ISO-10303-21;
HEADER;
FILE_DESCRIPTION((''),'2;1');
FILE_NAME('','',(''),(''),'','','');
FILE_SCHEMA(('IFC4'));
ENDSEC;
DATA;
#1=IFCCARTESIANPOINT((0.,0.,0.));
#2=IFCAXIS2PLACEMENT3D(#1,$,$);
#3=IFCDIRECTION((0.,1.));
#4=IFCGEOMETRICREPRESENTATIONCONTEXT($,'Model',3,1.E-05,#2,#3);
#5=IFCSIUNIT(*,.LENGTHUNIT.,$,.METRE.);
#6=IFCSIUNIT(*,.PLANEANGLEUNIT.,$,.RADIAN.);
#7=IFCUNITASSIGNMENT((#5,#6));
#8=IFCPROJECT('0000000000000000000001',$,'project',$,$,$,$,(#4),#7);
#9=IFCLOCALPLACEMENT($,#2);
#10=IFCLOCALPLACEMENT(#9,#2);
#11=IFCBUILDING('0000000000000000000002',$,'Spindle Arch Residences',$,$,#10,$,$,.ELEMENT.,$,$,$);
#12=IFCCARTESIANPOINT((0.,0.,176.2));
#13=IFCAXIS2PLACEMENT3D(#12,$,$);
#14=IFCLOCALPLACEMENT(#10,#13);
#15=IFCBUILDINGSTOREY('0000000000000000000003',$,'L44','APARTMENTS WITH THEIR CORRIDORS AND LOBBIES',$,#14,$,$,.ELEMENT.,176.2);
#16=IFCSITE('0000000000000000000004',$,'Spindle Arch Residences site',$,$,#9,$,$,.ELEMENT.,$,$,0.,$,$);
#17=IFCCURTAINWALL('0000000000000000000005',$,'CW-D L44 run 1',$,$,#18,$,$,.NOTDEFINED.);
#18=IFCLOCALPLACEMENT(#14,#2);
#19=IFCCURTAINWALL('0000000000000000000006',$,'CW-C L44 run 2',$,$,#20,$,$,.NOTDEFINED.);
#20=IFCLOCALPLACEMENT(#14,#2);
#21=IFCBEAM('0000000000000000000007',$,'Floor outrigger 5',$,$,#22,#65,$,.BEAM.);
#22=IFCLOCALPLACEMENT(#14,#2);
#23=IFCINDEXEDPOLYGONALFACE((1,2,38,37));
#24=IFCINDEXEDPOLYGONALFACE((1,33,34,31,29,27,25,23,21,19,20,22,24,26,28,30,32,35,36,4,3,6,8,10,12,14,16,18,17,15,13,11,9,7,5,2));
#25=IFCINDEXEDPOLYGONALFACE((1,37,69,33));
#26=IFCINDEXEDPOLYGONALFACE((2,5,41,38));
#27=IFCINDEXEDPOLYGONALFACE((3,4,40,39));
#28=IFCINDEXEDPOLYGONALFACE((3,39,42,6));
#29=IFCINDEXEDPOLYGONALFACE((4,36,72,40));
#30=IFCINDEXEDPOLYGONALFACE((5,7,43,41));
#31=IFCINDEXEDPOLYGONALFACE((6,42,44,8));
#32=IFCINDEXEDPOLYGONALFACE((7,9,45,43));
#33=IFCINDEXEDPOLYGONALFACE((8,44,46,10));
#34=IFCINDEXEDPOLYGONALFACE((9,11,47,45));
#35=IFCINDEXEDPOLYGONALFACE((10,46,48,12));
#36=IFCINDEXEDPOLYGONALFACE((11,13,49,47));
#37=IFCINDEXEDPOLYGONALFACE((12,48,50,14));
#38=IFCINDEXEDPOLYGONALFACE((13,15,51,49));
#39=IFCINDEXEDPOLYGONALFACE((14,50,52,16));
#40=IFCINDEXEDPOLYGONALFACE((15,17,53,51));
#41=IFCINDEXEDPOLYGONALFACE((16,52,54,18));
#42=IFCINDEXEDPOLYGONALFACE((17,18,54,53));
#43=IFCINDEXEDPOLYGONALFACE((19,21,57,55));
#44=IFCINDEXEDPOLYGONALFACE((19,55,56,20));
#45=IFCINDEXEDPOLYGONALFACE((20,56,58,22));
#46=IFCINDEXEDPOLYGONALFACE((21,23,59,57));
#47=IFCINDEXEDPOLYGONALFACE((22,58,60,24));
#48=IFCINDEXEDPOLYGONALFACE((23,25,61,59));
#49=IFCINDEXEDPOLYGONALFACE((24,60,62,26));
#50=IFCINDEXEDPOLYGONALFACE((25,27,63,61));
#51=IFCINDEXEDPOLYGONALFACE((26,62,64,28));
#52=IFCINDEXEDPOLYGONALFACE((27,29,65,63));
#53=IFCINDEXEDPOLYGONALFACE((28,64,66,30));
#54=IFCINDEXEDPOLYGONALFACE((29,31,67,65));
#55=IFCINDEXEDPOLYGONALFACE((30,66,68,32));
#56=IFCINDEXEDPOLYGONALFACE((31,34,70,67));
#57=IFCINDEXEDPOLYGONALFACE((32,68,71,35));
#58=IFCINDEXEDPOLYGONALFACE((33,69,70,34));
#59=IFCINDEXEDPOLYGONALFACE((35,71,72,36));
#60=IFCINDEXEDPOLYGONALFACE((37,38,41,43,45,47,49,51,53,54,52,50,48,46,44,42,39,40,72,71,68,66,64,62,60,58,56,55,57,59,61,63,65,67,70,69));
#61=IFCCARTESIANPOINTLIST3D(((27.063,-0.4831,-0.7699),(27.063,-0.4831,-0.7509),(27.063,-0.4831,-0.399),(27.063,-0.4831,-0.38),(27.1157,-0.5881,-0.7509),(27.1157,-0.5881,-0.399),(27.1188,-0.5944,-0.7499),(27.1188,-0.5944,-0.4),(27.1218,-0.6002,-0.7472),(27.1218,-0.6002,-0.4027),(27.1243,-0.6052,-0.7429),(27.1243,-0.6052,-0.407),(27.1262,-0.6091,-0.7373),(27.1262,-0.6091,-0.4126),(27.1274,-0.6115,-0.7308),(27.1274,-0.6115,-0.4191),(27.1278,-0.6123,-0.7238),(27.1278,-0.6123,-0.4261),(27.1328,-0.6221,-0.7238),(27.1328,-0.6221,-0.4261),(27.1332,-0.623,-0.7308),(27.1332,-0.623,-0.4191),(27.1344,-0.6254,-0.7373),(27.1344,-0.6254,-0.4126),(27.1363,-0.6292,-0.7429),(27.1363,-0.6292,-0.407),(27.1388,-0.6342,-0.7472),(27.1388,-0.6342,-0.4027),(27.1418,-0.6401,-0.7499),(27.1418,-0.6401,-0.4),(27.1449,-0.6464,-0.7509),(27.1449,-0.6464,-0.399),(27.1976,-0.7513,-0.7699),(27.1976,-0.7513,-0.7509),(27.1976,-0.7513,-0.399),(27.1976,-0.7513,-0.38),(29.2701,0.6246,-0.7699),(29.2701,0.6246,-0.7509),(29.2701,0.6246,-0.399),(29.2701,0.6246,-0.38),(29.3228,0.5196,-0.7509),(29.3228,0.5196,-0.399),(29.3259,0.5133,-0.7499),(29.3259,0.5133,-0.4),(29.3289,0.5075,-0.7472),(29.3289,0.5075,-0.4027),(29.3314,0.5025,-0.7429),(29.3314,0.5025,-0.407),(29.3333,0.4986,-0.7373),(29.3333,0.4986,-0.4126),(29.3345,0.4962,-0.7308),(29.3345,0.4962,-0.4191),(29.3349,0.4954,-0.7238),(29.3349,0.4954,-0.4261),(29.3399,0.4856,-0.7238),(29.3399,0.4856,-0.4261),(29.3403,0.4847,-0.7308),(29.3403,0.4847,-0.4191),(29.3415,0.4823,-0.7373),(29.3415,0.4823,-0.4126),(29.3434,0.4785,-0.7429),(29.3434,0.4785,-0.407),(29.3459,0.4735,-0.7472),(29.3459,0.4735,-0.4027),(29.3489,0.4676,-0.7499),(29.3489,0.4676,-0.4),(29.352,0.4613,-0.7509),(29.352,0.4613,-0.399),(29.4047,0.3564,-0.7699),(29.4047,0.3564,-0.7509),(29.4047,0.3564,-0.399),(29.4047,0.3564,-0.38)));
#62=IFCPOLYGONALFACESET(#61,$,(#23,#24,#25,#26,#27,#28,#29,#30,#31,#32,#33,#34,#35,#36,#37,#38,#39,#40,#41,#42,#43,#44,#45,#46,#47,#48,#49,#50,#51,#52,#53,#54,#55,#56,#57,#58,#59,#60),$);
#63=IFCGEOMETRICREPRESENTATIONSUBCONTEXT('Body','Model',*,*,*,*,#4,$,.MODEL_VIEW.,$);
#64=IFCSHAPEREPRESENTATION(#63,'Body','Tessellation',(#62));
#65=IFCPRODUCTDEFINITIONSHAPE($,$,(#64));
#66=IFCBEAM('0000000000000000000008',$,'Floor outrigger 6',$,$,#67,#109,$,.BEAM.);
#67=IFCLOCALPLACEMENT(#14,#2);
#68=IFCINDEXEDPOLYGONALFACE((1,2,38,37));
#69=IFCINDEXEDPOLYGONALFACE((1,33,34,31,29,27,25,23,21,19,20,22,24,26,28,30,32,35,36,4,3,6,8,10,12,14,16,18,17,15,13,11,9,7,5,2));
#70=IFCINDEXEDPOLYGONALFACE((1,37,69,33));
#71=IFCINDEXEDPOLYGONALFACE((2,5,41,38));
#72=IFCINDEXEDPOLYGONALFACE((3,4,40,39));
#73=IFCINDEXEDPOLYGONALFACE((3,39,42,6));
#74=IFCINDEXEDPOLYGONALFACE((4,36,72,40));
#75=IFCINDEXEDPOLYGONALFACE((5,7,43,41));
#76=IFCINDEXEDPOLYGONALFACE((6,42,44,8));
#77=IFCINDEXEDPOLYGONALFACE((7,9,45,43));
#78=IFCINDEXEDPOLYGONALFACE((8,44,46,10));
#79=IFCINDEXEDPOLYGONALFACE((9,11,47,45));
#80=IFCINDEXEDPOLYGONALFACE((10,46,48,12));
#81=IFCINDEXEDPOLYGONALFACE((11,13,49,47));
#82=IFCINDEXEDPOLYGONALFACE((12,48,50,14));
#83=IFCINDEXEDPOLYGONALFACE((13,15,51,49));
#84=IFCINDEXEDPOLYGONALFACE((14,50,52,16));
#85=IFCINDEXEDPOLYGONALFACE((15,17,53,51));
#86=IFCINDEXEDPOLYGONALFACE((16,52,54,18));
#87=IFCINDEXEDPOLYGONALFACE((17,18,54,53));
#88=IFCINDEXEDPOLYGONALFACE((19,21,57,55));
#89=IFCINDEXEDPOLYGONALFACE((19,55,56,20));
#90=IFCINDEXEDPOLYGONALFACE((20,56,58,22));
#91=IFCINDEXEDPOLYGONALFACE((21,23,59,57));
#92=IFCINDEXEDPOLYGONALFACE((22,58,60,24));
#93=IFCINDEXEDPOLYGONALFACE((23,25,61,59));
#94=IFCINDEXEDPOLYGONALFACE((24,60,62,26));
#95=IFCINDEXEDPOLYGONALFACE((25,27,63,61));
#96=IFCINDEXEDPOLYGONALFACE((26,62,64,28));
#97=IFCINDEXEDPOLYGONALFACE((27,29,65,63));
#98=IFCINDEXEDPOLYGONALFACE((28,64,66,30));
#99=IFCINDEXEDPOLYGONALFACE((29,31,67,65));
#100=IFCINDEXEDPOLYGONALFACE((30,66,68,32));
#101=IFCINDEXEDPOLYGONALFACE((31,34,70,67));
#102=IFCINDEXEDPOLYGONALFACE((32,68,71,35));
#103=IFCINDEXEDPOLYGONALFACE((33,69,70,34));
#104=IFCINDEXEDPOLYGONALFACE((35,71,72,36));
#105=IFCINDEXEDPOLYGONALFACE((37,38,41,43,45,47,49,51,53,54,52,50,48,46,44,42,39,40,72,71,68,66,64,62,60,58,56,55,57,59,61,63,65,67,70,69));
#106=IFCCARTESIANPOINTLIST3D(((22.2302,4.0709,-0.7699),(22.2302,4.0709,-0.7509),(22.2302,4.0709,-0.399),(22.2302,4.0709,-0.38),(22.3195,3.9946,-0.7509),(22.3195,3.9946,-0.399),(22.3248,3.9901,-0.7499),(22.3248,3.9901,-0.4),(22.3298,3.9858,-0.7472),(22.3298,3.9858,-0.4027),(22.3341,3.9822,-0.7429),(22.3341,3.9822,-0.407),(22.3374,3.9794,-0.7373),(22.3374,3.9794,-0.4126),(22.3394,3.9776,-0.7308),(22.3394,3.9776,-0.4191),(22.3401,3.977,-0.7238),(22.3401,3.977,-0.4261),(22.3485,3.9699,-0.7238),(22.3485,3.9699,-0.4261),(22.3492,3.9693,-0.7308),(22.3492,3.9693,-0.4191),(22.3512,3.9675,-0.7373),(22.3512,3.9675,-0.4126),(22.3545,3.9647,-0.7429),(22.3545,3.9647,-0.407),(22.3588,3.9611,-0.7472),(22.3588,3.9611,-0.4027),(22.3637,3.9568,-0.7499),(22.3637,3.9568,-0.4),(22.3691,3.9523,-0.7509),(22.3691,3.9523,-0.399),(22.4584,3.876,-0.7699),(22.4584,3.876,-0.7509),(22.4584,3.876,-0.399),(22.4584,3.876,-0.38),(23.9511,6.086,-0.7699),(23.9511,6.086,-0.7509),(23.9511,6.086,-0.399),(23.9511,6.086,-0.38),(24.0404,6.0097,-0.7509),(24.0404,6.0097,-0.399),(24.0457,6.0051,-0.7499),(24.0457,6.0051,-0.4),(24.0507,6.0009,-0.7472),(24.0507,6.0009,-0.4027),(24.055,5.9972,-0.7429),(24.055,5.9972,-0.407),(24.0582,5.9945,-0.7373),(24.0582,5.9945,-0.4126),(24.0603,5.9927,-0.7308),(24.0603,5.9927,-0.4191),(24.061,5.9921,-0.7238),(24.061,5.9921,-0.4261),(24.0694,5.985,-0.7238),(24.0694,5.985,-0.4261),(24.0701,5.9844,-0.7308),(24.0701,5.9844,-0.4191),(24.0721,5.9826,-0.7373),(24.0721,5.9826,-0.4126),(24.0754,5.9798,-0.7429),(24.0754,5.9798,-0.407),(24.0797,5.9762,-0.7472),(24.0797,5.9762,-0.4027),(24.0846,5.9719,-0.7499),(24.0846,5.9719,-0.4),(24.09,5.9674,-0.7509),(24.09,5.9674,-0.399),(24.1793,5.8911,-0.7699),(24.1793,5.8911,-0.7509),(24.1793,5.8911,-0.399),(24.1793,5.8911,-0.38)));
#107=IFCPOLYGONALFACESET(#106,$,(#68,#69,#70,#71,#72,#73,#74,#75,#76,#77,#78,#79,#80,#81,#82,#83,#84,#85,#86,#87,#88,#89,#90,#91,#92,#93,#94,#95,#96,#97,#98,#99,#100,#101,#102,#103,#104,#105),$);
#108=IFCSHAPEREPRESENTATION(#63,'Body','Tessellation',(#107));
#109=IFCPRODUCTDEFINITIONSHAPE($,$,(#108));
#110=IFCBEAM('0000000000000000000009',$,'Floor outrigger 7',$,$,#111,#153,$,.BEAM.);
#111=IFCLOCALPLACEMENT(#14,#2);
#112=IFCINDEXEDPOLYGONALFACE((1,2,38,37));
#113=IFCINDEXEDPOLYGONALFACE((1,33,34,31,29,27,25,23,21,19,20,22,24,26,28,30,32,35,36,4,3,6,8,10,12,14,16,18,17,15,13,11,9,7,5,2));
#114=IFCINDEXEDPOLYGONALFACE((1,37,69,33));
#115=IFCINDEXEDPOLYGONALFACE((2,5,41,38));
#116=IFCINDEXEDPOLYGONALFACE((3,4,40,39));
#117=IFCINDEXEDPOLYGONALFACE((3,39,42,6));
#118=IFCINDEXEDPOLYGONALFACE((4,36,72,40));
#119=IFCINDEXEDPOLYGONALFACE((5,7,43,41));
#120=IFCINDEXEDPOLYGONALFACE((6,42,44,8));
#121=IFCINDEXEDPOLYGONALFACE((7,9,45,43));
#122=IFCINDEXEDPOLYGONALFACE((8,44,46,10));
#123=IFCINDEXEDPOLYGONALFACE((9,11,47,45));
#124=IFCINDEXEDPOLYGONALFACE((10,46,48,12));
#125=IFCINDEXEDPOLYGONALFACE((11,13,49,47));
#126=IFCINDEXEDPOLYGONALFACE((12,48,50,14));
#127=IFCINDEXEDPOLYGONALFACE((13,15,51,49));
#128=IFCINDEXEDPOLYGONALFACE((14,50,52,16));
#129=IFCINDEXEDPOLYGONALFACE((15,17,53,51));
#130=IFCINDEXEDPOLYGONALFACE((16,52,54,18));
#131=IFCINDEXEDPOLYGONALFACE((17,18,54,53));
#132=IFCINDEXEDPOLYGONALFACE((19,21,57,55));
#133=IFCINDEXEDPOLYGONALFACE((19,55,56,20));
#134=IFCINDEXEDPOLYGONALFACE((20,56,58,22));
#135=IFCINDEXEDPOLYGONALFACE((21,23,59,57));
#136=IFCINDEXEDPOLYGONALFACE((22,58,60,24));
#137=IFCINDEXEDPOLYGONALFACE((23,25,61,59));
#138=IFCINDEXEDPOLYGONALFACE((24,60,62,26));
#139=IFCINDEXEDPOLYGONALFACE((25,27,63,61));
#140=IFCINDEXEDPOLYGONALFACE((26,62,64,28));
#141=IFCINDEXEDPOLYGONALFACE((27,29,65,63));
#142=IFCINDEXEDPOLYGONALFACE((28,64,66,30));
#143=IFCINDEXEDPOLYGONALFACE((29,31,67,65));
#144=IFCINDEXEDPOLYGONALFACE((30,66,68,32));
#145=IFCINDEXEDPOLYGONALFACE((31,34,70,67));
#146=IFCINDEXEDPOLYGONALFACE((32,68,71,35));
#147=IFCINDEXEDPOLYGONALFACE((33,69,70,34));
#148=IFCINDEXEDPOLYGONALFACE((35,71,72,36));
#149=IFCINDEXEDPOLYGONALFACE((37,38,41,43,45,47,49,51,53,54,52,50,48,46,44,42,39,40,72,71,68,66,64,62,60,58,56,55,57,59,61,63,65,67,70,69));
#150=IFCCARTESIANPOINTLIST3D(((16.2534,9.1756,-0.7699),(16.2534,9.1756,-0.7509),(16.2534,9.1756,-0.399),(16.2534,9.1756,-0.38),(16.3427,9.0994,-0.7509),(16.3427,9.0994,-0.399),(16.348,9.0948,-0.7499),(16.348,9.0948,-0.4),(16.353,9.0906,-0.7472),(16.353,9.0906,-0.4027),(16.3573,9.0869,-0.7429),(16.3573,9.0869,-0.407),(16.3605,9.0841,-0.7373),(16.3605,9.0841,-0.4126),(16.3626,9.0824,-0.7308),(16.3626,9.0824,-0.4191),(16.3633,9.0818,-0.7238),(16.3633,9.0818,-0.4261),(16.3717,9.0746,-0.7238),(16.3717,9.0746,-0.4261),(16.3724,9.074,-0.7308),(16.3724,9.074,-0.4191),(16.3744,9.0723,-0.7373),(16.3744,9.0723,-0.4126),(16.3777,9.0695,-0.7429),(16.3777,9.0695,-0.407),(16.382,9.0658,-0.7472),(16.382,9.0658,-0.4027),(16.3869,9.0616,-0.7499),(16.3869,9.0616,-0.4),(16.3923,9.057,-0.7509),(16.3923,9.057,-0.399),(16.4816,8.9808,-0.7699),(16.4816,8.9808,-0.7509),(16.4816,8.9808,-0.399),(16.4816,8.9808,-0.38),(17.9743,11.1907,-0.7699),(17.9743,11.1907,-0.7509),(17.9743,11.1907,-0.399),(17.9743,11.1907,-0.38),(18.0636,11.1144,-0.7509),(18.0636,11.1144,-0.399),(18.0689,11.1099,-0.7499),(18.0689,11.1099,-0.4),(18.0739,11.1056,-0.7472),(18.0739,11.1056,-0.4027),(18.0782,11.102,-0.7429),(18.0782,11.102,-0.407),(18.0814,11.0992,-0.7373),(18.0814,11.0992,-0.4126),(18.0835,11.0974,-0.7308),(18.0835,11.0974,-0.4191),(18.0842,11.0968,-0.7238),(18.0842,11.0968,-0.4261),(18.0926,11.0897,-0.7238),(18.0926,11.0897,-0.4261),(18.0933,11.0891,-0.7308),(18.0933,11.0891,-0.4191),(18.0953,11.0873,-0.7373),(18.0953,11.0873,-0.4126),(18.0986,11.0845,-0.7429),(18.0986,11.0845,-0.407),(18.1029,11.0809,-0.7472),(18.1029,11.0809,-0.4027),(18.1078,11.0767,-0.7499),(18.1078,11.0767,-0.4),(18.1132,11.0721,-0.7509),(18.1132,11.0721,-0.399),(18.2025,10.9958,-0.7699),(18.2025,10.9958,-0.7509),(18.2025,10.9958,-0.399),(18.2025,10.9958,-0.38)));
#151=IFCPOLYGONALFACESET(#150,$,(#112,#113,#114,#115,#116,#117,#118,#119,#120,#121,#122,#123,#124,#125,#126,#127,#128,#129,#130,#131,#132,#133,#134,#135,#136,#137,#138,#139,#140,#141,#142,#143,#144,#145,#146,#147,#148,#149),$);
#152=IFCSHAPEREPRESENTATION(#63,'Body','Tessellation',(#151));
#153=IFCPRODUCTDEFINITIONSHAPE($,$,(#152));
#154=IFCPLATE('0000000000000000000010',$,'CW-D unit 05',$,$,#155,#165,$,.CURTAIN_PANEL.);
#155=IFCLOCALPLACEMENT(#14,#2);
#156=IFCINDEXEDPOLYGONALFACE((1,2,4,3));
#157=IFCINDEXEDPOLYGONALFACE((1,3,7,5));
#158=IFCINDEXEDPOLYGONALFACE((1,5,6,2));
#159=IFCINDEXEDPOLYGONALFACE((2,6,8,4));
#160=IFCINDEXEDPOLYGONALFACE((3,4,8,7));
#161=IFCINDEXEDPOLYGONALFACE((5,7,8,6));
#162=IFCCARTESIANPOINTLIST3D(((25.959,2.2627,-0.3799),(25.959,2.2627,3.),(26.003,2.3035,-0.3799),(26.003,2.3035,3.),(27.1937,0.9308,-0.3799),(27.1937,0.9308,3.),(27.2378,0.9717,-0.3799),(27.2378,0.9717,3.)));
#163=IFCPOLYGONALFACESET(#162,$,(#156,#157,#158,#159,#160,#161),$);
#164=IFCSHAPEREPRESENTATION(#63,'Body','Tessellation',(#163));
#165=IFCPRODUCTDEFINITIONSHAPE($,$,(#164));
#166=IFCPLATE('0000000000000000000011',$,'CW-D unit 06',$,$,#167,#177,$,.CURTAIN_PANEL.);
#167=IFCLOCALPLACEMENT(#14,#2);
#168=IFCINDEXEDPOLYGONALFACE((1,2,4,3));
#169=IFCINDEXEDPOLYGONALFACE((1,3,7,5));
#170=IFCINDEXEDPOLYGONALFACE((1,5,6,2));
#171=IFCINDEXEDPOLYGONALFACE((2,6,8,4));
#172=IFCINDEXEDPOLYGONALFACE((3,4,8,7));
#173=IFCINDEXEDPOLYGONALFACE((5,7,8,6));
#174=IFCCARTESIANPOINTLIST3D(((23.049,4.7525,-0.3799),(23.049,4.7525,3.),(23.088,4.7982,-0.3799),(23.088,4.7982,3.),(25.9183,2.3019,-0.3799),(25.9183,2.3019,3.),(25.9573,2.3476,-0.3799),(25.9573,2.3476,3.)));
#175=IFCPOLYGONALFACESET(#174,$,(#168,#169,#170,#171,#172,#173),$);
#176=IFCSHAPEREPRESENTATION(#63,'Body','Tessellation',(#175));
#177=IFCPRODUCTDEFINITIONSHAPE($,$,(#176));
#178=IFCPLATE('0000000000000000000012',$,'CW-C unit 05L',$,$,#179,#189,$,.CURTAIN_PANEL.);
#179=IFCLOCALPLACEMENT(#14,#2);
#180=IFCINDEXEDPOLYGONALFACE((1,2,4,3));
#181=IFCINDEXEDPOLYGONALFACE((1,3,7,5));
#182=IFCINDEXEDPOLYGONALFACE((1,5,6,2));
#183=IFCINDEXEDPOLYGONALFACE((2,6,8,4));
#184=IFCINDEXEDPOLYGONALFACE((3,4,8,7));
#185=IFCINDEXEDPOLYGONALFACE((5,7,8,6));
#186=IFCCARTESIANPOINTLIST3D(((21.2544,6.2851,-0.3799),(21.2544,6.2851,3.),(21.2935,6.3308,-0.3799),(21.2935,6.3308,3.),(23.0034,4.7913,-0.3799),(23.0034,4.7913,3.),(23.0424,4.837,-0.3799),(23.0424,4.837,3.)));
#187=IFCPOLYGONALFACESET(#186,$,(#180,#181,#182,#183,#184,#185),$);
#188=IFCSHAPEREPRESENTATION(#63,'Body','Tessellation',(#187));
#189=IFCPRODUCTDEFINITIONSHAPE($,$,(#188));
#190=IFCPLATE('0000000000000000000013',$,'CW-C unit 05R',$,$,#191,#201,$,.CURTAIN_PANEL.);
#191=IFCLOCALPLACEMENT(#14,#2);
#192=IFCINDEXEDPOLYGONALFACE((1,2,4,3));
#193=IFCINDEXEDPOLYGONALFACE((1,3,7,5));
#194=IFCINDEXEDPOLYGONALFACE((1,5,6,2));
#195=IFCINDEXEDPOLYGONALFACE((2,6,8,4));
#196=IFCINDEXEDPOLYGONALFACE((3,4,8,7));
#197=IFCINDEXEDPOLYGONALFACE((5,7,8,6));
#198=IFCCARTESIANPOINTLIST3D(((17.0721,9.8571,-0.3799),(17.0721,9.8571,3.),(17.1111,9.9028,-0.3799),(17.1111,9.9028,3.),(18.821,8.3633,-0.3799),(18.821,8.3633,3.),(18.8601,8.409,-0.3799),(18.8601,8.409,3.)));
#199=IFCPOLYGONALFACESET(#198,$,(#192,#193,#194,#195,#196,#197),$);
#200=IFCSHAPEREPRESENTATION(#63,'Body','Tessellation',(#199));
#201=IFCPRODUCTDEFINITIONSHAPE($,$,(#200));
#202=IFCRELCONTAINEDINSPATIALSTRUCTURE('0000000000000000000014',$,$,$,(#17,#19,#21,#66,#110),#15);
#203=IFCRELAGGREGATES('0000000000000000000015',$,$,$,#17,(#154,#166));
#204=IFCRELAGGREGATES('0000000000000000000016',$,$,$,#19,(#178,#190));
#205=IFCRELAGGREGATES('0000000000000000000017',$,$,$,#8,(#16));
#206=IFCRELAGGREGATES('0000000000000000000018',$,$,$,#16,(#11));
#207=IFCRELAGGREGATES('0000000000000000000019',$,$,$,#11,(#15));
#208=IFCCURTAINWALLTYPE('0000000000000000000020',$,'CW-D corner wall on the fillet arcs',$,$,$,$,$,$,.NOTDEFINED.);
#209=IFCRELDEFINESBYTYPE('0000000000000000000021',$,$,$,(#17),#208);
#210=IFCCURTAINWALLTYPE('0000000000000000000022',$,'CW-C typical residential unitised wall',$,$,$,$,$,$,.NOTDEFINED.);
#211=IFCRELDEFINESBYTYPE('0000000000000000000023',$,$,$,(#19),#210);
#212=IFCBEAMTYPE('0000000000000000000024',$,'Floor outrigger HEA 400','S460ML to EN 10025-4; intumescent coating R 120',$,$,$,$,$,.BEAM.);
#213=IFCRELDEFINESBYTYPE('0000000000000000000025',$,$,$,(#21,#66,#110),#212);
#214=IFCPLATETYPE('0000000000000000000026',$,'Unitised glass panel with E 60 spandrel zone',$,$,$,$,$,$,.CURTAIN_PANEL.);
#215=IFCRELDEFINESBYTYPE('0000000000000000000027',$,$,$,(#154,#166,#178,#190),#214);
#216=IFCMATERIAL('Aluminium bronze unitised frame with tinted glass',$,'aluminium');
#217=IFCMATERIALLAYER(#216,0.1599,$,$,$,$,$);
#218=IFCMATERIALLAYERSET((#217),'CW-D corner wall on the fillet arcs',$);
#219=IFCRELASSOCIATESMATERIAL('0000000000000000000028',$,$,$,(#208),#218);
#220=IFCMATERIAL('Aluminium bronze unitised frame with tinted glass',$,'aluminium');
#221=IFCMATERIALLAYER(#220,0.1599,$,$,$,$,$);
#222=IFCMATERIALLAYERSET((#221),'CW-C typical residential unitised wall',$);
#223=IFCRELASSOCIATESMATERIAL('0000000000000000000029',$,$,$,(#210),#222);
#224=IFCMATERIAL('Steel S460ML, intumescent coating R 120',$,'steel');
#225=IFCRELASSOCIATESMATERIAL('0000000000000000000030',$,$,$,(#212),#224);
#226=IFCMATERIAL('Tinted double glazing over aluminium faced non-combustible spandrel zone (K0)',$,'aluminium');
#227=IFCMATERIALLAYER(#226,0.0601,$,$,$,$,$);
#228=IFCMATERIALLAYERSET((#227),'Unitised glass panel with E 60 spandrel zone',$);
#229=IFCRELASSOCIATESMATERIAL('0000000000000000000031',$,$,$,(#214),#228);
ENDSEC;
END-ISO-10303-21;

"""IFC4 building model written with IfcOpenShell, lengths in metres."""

from ifc_helpers import new_model, si_unit, direction, frame, origin, origin_2d, place, context, subcontext, project, spatial, rectangle, i_section, extrude, material, layer, layer_set, material_profile, profile_set, type_object, element, aggregate, save


model = new_model("IFC4")

# Units and contexts
model_context = context("Model", 3, precision=1e-05, world=origin(), true_north=direction((0.0, 1.0)))
body_context = subcontext(model_context, "Body", "Model", "MODEL_VIEW")
ifc_project = project(units=[si_unit("LENGTHUNIT", "METRE"), si_unit("PLANEANGLEUNIT", "RADIAN")], contexts=[model_context])

# Site, building, storey
site_placement = place(None, origin())
site = spatial("IfcSite", under=ifc_project, at=site_placement, Name="Spindle Arch Residences site", CompositionType="ELEMENT", RefElevation=0.0)
building_placement = place(site_placement, origin())
building = spatial("IfcBuilding", under=site, at=building_placement, Name="Spindle Arch Residences", CompositionType="ELEMENT")
storey_placement = place(building_placement, frame((0.0, 0.0, 176.2)))
storey = spatial("IfcBuildingStorey", under=building, at=storey_placement, Name="L44", Description="APARTMENTS WITH THEIR CORRIDORS AND LOBBIES", CompositionType="ELEMENT", Elevation=176.2)

# Curtain wall
ifc_material_1 = material(Name="Aluminium bronze unitised frame with tinted glass", Category="aluminium")
ifc_layer_1 = layer(ifc_material_1, 0.1599)
ifc_layer_set_1 = layer_set([ifc_layer_1], Name="CW-D corner wall on the fillet arcs")
curtain_wall_type_1 = type_object("IfcCurtainWallType", Name="CW-D corner wall on the fillet arcs", PredefinedType="NOTDEFINED", material=ifc_layer_set_1)
curtain_wall_1_placement = place(storey_placement, origin())
curtain_wall_1 = element("IfcCurtainWall", 1, at=curtain_wall_1_placement, inside=storey, type_object=curtain_wall_type_1, Name="CW-D L44 run 1", PredefinedType="NOTDEFINED")

# Curtain wall
ifc_material_2 = material(Name="Aluminium bronze unitised frame with tinted glass", Category="aluminium")
ifc_layer_2 = layer(ifc_material_2, 0.1599)
ifc_layer_set_2 = layer_set([ifc_layer_2], Name="CW-C typical residential unitised wall")
curtain_wall_type_2 = type_object("IfcCurtainWallType", Name="CW-C typical residential unitised wall", PredefinedType="NOTDEFINED", material=ifc_layer_set_2)
curtain_wall_2_placement = place(storey_placement, origin())
curtain_wall_2 = element("IfcCurtainWall", 2, at=curtain_wall_2_placement, inside=storey, type_object=curtain_wall_type_2, Name="CW-C L44 run 2", PredefinedType="NOTDEFINED")

# Beams
ifc_material_3 = material(Name="Steel S460ML, intumescent coating R 120", Category="steel")
ifc_material_profile_1 = material_profile(ifc_material_3, i_section(OverallWidth=0.3, OverallDepth=0.3899, WebThickness=0.011, FlangeThickness=0.019, FilletRadius=0.0271, at=origin_2d()), Name="HEA 400")
ifc_profile_set_1 = profile_set([ifc_material_profile_1], Name="Steel S460ML, intumescent coating R 120")
beam_type_1 = type_object("IfcBeamType", Name="Floor outrigger HEA 400", Description="S460ML to EN 10025-4; intumescent coating R 120", PredefinedType="BEAM", material=ifc_profile_set_1)
beam_1_placement = place(storey_placement, frame((29.3374, 0.4905, -0.575), z_axis=(-0.893754, -0.448558, 0.0), x_axis=(0.448558, -0.893754, 0.0)))
element("IfcBeam", 3, at=beam_1_placement, inside=storey, type_object=beam_type_1, Name="Floor outrigger 5", PredefinedType="BEAM", context=body_context, shape_type="SweptSolid", body=[
    extrude(i_section(OverallWidth=0.3, OverallDepth=0.3899, WebThickness=0.011, FlangeThickness=0.019, FilletRadius=0.0271, at=origin_2d()), origin(), (0.0, 0.0, 1.0), 2.4695),
])
for number, where, z_axis, x_axis, name in (
    (4, (24.0652, 5.9885, -0.575), (-0.649417, -0.760432, 0.0), (0.760432, -0.649417, 0.0), "Floor outrigger 6"),
    (5, (18.0884, 11.0933, -0.575), (-0.649417, -0.760432, 0.0), (0.760432, -0.649417, 0.0), "Floor outrigger 7"),
):
    element("IfcBeam", number, at=place(storey_placement, frame(where, z_axis=z_axis, x_axis=x_axis)), inside=storey, type_object=beam_type_1, Name=name, PredefinedType="BEAM", context=body_context, shape_type="SweptSolid", body=[
        extrude(i_section(OverallWidth=0.3, OverallDepth=0.3899, WebThickness=0.011, FlangeThickness=0.019, FilletRadius=0.0271, at=origin_2d()), origin(), (0.0, 0.0, 1.0), 2.6499),
    ])

# Plates
ifc_material_4 = material(Name="Tinted double glazing over aluminium faced non-combustible spandrel zone (K0)", Category="aluminium")
ifc_layer_3 = layer(ifc_material_4, 0.0601)
ifc_layer_set_3 = layer_set([ifc_layer_3], Name="Unitised glass panel with E 60 spandrel zone")
plate_type = type_object("IfcPlateType", Name="Unitised glass panel with E 60 spandrel zone", PredefinedType="CURTAIN_PANEL", material=ifc_layer_set_3)
plate_1_placement = place(storey_placement, frame((26.5984, 1.6172, -0.3799), z_axis=(0.0, 0.0, 1.0), x_axis=(-0.679868, 0.733334, 0.0)))
plate_1 = element("IfcPlate", 6, at=plate_1_placement, type_object=plate_type, Name="CW-D unit 05", PredefinedType="CURTAIN_PANEL", context=body_context, shape_type="SweptSolid", body=[
    extrude(rectangle(XDim=1.8162, YDim=0.0601, at=origin_2d()), origin(), (0.0, 0.0, 1.0), 3.3799),
])
plate_2_placement = place(storey_placement, frame((24.5032, 3.55, -0.3799), z_axis=(0.0, 0.0, 1.0), x_axis=(-0.760406, 0.649448, 0.0)))
plate_2 = element("IfcPlate", 7, at=plate_2_placement, type_object=plate_type, Name="CW-D unit 06", PredefinedType="CURTAIN_PANEL", context=body_context, shape_type="SweptSolid", body=[
    extrude(rectangle(XDim=3.7734, YDim=0.0601, at=origin_2d()), origin(), (0.0, 0.0, 1.0), 3.3799),
])
aggregate(curtain_wall_1, [plate_1, plate_2])
plate_3_placement = place(storey_placement, frame((22.1484, 5.561, -0.3799), z_axis=(0.0, 0.0, 1.0), x_axis=(-0.760406, 0.649448, 0.0)))
plate_3 = element("IfcPlate", 8, at=plate_3_placement, type_object=plate_type, Name="CW-C unit 05L", PredefinedType="CURTAIN_PANEL", context=body_context, shape_type="SweptSolid", body=[
    extrude(rectangle(XDim=2.3, YDim=0.0601, at=origin_2d()), origin(), (0.0, 0.0, 1.0), 3.3799),
])
plate_4_placement = place(storey_placement, frame((17.9661, 9.1331, -0.3799), z_axis=(0.0, 0.0, 1.0), x_axis=(-0.760406, 0.649448, 0.0)))
plate_4 = element("IfcPlate", 9, at=plate_4_placement, type_object=plate_type, Name="CW-C unit 05R", PredefinedType="CURTAIN_PANEL", context=body_context, shape_type="SweptSolid", body=[
    extrude(rectangle(XDim=2.3, YDim=0.0601, at=origin_2d()), origin(), (0.0, 0.0, 1.0), 3.3799),
])
aggregate(curtain_wall_2, [plate_3, plate_4])

save(model, "model.ifc")
